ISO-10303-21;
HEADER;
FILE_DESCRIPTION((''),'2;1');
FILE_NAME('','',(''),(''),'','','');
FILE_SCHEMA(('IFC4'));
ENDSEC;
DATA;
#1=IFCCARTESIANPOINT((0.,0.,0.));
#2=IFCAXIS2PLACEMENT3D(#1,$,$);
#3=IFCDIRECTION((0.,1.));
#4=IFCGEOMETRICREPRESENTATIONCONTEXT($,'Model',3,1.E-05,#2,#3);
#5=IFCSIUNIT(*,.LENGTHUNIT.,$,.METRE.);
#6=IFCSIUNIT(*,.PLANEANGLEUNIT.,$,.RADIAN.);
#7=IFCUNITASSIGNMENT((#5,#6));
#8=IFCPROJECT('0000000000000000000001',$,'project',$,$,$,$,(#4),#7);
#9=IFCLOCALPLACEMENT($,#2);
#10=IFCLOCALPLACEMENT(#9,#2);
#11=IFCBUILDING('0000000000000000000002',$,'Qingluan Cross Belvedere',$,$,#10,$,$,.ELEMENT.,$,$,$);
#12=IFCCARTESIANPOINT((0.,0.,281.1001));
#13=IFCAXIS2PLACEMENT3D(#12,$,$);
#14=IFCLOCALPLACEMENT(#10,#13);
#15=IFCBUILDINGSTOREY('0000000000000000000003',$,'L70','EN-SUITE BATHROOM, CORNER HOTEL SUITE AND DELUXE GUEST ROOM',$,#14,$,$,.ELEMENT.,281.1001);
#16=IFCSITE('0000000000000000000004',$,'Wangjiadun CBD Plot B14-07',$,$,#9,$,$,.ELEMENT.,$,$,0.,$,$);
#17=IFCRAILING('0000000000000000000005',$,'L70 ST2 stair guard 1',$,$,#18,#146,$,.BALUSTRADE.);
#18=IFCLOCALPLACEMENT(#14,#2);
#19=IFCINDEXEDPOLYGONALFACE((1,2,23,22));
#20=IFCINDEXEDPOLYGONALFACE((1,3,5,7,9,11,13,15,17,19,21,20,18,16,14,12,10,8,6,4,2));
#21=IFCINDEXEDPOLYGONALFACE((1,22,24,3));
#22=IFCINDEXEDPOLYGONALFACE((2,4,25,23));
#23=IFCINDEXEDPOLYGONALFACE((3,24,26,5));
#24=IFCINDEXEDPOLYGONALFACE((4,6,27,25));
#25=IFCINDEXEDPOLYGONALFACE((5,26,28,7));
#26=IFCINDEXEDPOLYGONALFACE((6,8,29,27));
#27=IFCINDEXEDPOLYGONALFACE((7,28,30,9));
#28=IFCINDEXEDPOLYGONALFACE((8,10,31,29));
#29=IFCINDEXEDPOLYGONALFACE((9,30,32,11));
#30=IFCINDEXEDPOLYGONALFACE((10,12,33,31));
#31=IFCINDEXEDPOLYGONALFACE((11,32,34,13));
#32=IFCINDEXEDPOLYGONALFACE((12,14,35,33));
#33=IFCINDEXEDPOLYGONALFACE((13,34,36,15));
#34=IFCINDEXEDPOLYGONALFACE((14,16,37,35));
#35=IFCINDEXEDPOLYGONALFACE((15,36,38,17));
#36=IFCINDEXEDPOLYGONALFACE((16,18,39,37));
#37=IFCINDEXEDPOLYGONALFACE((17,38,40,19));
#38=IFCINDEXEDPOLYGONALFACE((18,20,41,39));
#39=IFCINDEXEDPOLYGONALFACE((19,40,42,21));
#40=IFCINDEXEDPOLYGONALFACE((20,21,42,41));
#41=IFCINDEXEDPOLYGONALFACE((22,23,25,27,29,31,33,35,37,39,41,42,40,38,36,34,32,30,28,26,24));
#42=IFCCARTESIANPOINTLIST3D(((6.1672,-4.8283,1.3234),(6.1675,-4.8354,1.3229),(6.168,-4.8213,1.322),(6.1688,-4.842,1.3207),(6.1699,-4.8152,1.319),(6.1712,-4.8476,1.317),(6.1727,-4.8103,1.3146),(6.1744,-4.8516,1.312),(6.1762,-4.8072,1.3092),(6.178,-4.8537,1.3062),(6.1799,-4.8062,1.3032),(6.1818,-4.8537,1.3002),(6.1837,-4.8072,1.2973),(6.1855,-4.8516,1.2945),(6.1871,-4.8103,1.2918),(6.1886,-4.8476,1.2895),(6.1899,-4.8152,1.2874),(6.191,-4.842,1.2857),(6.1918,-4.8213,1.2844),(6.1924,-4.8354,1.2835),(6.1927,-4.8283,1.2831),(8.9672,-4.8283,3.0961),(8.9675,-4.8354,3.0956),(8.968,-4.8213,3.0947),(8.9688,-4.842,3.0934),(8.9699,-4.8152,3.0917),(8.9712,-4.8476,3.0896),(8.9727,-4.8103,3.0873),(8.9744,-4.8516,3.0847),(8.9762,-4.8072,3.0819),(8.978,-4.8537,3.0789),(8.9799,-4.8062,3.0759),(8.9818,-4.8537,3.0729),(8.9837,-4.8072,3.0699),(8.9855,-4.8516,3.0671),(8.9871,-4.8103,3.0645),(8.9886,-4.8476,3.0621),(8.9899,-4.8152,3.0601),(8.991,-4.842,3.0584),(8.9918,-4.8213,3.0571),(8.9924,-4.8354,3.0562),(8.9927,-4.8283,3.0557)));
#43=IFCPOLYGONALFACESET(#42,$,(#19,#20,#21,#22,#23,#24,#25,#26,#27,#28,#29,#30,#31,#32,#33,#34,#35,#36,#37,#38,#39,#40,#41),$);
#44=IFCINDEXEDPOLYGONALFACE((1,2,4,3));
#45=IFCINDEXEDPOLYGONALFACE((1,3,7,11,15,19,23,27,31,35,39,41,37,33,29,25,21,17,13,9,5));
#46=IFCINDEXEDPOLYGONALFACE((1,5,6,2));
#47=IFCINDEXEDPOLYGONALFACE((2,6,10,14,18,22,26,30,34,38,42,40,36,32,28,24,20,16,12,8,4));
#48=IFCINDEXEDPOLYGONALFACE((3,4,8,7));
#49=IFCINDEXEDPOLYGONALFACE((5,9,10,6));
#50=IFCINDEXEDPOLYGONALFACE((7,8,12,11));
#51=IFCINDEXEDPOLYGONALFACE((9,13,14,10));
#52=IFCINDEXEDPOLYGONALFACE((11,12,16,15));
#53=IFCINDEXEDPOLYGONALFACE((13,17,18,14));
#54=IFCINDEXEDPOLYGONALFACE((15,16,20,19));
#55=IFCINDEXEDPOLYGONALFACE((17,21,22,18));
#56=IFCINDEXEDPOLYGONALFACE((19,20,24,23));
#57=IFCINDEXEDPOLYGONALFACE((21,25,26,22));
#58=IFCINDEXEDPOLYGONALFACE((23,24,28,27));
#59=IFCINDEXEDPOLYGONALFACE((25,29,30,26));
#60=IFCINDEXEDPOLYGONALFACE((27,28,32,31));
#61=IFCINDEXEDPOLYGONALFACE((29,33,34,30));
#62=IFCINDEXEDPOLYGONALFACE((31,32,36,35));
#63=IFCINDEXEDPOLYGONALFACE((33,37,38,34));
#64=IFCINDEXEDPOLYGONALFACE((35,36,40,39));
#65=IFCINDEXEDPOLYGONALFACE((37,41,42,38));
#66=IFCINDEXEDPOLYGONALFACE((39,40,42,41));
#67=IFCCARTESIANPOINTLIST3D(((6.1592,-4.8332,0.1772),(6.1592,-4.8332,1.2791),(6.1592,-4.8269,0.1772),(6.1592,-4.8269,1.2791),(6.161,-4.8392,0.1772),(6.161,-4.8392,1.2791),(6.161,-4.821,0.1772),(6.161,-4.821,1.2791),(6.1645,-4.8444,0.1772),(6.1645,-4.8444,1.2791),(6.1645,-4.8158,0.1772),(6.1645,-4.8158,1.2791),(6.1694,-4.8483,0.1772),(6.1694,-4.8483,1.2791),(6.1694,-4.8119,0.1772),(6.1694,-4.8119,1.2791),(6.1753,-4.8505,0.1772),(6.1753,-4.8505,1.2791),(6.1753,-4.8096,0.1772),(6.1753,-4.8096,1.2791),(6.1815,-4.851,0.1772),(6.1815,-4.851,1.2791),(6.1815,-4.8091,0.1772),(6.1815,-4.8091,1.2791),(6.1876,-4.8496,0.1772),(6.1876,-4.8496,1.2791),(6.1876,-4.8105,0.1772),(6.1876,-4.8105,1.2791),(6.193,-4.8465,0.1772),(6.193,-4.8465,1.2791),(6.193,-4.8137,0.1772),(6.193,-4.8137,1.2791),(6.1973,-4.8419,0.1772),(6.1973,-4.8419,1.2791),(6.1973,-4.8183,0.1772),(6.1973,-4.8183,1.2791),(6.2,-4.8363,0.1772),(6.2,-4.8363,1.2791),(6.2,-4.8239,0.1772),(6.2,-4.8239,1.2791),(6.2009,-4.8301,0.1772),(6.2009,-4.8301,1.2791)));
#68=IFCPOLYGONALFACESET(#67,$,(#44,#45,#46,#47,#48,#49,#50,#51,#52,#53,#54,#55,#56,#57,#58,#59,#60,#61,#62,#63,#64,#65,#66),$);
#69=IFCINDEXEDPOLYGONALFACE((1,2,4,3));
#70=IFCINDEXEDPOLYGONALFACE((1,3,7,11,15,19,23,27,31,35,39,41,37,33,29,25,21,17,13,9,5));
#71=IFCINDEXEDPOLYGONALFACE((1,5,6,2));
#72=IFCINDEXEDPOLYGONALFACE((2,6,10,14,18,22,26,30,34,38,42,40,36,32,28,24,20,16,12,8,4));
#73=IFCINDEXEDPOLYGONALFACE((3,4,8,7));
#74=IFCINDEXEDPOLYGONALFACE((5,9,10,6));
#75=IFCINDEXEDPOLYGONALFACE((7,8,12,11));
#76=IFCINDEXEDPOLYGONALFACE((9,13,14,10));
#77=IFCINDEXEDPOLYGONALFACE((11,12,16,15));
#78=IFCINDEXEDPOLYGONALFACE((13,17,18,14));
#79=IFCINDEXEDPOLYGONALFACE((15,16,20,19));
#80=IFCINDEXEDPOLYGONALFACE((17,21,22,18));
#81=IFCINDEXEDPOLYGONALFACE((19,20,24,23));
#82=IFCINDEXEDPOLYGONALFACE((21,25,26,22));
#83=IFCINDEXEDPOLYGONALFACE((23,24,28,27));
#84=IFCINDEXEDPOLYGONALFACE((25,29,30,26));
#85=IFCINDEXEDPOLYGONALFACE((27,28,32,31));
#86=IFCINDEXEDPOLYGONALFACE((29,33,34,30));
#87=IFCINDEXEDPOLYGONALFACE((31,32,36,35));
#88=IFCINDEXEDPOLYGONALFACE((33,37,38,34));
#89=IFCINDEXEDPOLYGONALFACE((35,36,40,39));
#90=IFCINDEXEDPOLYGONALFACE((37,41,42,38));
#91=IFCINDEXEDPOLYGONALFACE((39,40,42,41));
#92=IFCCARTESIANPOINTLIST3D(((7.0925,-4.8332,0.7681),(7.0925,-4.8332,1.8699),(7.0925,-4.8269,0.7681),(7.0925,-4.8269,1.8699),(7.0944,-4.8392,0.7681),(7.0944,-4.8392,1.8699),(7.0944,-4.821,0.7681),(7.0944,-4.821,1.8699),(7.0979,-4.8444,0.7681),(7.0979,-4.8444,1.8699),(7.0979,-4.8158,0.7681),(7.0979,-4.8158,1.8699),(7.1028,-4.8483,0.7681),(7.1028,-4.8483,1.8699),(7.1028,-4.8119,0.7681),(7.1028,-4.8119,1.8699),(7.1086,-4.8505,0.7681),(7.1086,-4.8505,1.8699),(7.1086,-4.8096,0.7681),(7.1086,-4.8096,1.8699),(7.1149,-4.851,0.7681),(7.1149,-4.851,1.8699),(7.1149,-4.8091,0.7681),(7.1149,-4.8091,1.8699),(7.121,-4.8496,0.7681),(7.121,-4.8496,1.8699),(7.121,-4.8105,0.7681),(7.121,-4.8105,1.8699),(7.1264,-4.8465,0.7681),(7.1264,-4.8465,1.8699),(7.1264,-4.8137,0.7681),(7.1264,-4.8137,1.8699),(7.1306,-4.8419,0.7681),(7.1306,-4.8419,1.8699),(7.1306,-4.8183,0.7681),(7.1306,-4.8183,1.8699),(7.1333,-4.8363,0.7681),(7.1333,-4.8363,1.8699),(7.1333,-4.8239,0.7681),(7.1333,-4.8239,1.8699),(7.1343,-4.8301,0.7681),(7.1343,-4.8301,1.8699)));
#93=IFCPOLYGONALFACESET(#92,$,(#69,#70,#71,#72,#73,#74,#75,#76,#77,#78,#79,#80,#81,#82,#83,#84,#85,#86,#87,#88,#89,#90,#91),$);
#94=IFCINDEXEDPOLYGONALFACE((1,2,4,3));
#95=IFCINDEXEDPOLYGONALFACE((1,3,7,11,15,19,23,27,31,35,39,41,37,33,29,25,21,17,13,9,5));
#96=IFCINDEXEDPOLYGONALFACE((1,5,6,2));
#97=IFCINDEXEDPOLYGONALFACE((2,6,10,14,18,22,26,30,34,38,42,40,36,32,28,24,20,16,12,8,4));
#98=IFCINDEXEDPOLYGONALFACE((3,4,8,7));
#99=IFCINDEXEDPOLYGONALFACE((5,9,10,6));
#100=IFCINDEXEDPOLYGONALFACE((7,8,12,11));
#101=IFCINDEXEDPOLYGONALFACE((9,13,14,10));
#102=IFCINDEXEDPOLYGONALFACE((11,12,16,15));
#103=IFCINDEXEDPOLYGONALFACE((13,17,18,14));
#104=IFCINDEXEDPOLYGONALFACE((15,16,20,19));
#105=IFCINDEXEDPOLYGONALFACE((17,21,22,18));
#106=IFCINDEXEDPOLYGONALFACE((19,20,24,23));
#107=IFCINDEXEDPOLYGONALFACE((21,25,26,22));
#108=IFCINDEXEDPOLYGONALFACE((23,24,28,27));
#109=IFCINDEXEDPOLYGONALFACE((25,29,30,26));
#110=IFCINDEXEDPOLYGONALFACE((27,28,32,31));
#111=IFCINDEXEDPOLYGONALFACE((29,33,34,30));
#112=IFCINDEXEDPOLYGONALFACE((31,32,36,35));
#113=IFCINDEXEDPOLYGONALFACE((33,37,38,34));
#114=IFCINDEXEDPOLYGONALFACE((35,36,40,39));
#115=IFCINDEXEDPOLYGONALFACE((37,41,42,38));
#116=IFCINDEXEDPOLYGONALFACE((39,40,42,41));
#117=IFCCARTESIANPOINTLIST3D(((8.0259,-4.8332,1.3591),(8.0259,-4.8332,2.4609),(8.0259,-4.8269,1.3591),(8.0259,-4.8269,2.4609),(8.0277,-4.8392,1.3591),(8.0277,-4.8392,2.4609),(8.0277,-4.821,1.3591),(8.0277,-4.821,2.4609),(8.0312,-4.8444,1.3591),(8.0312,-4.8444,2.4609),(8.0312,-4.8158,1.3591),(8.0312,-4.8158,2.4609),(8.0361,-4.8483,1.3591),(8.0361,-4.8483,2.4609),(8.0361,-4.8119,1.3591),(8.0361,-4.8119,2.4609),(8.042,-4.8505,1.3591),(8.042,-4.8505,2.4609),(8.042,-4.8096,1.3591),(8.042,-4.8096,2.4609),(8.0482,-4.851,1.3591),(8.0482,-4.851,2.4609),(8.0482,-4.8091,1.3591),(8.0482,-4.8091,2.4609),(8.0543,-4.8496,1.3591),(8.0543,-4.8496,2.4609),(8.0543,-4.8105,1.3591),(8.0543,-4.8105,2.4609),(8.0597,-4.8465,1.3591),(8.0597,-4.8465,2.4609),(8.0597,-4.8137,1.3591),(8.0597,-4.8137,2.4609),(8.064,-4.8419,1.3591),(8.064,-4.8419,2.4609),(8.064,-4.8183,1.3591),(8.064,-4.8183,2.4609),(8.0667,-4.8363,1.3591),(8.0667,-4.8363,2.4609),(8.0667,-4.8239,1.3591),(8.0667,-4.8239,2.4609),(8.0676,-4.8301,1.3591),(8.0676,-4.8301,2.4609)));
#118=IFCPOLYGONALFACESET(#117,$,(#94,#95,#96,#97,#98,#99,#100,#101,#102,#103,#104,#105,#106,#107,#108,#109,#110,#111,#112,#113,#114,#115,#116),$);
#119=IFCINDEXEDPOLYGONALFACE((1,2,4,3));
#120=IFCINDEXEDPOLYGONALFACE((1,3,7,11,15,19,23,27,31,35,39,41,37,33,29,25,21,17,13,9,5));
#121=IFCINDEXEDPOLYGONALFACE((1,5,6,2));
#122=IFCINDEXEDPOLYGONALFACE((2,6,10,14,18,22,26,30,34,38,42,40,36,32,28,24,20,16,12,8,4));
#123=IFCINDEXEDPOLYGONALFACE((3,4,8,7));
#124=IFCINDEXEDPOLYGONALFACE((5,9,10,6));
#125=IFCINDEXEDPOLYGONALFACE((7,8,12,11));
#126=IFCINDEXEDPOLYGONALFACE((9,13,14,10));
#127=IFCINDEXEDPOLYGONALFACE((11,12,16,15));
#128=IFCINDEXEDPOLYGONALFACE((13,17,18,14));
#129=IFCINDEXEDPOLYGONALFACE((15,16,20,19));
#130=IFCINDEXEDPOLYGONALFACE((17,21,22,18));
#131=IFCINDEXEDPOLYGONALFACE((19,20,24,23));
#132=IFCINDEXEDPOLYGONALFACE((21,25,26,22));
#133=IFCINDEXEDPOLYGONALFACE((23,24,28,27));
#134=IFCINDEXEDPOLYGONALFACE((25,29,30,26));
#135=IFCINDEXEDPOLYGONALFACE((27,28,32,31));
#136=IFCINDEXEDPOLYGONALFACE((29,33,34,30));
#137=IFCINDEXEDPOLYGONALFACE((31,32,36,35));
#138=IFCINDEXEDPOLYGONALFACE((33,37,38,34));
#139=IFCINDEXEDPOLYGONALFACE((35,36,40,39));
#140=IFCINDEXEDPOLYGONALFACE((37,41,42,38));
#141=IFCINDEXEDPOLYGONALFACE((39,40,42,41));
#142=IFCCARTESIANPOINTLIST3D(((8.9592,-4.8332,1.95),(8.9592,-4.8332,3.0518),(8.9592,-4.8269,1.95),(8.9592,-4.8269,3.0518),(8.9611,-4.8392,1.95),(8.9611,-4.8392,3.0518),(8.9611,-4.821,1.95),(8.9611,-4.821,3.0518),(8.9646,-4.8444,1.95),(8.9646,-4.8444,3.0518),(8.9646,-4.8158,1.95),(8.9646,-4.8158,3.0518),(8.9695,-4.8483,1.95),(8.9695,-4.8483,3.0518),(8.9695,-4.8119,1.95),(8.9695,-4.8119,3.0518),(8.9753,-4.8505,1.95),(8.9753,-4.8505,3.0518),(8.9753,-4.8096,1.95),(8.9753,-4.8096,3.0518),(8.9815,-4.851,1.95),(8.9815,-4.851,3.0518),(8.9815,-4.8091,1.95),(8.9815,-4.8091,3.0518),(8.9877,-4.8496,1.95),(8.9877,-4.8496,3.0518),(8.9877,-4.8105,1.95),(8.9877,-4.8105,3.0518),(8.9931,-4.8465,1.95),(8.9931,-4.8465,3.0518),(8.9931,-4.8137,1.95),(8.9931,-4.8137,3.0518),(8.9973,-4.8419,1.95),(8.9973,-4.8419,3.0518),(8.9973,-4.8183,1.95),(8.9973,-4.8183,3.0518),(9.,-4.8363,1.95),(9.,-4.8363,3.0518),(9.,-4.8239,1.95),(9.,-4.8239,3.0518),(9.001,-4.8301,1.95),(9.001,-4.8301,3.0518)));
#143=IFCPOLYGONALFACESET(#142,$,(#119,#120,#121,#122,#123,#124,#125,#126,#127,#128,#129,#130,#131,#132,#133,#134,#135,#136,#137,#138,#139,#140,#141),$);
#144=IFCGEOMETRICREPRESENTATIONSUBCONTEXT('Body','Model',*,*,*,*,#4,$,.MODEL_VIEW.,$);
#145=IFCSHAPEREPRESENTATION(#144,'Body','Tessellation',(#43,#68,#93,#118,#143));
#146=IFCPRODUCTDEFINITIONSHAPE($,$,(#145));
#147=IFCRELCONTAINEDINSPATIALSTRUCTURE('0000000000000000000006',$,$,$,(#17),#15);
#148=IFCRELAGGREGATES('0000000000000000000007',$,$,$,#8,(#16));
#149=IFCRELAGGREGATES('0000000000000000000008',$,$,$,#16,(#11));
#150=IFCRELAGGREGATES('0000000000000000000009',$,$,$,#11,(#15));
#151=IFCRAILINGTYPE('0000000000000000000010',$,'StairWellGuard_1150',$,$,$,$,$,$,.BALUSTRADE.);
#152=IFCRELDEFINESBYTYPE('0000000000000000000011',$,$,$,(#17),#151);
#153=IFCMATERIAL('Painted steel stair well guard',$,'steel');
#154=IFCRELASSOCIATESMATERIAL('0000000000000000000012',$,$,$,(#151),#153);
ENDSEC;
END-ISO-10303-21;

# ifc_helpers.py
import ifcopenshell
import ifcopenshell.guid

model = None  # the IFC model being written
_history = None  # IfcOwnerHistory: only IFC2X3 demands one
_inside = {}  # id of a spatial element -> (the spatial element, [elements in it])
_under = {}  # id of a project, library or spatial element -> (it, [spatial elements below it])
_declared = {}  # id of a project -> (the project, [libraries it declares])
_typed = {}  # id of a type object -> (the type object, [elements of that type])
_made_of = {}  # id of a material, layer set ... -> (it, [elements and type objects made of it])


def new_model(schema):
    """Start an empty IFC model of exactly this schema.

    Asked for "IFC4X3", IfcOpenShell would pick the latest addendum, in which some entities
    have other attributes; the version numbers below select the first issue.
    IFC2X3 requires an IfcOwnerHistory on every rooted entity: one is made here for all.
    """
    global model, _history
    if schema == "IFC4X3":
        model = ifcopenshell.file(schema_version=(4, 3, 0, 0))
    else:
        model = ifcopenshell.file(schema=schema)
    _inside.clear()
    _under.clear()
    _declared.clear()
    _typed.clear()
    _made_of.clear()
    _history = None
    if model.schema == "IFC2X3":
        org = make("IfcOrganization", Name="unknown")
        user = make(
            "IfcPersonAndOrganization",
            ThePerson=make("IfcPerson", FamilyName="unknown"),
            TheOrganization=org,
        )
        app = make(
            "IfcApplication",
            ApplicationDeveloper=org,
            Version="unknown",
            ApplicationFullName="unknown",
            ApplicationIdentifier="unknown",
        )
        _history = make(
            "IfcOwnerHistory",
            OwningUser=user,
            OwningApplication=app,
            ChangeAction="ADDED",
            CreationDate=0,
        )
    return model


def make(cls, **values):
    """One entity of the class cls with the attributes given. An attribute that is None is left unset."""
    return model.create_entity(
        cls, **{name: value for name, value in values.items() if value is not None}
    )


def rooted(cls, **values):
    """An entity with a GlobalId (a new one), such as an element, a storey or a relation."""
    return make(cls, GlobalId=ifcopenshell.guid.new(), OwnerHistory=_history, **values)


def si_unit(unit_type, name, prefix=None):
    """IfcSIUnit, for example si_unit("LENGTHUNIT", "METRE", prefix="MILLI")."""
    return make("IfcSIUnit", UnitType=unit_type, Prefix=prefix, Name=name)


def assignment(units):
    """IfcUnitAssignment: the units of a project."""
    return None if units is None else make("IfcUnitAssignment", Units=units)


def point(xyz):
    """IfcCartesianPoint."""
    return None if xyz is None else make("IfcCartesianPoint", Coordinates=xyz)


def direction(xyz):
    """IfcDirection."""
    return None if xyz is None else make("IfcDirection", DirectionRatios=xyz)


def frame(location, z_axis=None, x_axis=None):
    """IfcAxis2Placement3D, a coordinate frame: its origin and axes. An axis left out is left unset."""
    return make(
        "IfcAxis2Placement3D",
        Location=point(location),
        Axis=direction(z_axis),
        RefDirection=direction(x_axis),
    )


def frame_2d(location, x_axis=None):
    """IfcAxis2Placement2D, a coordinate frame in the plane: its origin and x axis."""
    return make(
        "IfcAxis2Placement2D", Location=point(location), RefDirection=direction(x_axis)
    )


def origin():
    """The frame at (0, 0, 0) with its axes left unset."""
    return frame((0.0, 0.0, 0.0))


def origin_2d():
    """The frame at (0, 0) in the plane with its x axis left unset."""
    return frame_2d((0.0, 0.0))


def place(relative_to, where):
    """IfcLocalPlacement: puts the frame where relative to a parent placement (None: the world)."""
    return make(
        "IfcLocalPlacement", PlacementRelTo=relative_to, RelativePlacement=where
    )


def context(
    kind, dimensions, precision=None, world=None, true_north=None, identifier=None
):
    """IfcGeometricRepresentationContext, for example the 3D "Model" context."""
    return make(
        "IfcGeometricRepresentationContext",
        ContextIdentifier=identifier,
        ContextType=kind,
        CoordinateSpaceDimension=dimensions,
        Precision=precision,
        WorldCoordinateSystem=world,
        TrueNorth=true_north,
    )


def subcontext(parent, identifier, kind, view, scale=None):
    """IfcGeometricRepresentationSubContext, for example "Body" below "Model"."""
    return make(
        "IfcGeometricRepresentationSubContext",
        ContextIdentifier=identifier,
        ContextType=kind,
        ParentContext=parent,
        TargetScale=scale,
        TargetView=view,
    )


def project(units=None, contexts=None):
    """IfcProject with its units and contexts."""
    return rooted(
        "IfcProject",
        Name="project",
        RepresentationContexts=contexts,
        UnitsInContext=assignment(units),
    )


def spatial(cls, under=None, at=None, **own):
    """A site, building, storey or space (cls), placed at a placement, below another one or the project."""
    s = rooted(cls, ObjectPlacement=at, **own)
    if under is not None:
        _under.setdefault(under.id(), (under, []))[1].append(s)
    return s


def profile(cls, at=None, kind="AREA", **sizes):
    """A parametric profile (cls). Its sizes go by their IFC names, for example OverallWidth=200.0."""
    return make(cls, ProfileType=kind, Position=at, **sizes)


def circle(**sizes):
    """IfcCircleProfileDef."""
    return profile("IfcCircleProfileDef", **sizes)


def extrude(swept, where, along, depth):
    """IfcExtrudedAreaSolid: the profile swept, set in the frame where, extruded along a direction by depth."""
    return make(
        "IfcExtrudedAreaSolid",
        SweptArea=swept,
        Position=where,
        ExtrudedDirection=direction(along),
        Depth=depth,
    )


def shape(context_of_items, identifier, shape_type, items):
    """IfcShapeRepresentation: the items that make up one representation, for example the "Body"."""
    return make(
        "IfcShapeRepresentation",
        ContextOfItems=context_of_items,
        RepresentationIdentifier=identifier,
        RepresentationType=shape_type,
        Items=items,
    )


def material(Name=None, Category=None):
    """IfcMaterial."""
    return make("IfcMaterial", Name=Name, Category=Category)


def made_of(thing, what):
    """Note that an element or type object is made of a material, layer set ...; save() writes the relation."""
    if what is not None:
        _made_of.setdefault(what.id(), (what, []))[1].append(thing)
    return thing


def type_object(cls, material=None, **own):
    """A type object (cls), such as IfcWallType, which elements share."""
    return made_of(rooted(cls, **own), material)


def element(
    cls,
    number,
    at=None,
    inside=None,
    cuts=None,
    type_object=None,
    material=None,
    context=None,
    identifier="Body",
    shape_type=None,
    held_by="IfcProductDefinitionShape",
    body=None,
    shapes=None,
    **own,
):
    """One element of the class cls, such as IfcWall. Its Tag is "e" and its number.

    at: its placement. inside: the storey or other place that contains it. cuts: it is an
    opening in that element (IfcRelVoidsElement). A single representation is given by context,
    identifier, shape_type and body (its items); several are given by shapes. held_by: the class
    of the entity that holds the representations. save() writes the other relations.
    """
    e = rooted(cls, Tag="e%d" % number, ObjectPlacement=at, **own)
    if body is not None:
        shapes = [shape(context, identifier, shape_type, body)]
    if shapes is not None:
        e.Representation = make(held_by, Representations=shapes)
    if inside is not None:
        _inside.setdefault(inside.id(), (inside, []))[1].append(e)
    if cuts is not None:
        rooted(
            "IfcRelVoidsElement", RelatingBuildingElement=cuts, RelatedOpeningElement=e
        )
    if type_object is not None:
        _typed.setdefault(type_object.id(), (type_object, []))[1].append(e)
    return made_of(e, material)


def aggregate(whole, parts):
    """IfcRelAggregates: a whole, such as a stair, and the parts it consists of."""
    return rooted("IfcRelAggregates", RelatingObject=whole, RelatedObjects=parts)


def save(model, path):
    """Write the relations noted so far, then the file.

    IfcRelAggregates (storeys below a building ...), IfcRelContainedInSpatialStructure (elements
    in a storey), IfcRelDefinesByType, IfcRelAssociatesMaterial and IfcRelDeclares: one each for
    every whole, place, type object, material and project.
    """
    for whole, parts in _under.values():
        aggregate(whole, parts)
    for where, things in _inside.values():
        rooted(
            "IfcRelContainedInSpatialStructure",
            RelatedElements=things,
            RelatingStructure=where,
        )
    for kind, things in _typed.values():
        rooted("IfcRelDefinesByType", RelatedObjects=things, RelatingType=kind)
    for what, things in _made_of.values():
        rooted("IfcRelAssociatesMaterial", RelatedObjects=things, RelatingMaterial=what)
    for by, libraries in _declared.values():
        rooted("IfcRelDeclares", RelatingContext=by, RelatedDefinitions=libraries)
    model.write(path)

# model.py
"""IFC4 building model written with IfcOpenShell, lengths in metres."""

from ifc_helpers import new_model, si_unit, direction, frame, origin, origin_2d, place, context, subcontext, project, spatial, circle, extrude, material, type_object, element, save


model = new_model("IFC4")

# Units and contexts
model_context = context("Model", 3, precision=1e-05, world=origin(), true_north=direction((0.0, 1.0)))
body_context = subcontext(model_context, "Body", "Model", "MODEL_VIEW")
ifc_project = project(units=[si_unit("LENGTHUNIT", "METRE"), si_unit("PLANEANGLEUNIT", "RADIAN")], contexts=[model_context])

# Site, building, storey
site_placement = place(None, origin())
site = spatial("IfcSite", under=ifc_project, at=site_placement, Name="Wangjiadun CBD Plot B14-07", CompositionType="ELEMENT", RefElevation=0.0)
building_placement = place(site_placement, origin())
building = spatial("IfcBuilding", under=site, at=building_placement, Name="Qingluan Cross Belvedere", CompositionType="ELEMENT")
storey_placement = place(building_placement, frame((0.0, 0.0, 281.1001)))
storey = spatial("IfcBuildingStorey", under=building, at=storey_placement, Name="L70", Description="EN-SUITE BATHROOM, CORNER HOTEL SUITE AND DELUXE GUEST ROOM", CompositionType="ELEMENT", Elevation=281.1001)

# Railing
ifc_material_1 = material(Name="Painted steel stair well guard", Category="steel")
railing_type_1 = type_object("IfcRailingType", Name="StairWellGuard_1150", PredefinedType="BALUSTRADE", material=ifc_material_1)
railing_1_placement = place(storey_placement, frame((6.1799, -4.8301, 0.1772)))
element("IfcRailing", 1, at=railing_1_placement, inside=storey, type_object=railing_type_1, Name="L70 ST2 stair guard 1", PredefinedType="BALUSTRADE", context=body_context, shape_type="SweptSolid", body=[
    extrude(circle(Radius=0.0239, at=origin_2d()), frame((0.0, 0.0, 1.126), z_axis=(0.844909, 0.0, 0.53491), x_axis=(0.0, 1.0, 0.0)), (0.0, 0.0, 1.0), 3.314),
    extrude(circle(Radius=0.021, at=origin_2d()), origin(), (0.0, 0.0, 1.0), 1.1018),
    extrude(circle(Radius=0.021, at=origin_2d()), frame((0.9333, 0.0, 0.5908)), (0.0, 0.0, 1.0), 1.1018),
    extrude(circle(Radius=0.021, at=origin_2d()), frame((1.8667, 0.0, 1.1819)), (0.0, 0.0, 1.0), 1.1018),
    extrude(circle(Radius=0.021, at=origin_2d()), frame((2.8, 0.0, 1.7727)), (0.0, 0.0, 1.0), 1.1018),
])

save(model, "model.ifc")
